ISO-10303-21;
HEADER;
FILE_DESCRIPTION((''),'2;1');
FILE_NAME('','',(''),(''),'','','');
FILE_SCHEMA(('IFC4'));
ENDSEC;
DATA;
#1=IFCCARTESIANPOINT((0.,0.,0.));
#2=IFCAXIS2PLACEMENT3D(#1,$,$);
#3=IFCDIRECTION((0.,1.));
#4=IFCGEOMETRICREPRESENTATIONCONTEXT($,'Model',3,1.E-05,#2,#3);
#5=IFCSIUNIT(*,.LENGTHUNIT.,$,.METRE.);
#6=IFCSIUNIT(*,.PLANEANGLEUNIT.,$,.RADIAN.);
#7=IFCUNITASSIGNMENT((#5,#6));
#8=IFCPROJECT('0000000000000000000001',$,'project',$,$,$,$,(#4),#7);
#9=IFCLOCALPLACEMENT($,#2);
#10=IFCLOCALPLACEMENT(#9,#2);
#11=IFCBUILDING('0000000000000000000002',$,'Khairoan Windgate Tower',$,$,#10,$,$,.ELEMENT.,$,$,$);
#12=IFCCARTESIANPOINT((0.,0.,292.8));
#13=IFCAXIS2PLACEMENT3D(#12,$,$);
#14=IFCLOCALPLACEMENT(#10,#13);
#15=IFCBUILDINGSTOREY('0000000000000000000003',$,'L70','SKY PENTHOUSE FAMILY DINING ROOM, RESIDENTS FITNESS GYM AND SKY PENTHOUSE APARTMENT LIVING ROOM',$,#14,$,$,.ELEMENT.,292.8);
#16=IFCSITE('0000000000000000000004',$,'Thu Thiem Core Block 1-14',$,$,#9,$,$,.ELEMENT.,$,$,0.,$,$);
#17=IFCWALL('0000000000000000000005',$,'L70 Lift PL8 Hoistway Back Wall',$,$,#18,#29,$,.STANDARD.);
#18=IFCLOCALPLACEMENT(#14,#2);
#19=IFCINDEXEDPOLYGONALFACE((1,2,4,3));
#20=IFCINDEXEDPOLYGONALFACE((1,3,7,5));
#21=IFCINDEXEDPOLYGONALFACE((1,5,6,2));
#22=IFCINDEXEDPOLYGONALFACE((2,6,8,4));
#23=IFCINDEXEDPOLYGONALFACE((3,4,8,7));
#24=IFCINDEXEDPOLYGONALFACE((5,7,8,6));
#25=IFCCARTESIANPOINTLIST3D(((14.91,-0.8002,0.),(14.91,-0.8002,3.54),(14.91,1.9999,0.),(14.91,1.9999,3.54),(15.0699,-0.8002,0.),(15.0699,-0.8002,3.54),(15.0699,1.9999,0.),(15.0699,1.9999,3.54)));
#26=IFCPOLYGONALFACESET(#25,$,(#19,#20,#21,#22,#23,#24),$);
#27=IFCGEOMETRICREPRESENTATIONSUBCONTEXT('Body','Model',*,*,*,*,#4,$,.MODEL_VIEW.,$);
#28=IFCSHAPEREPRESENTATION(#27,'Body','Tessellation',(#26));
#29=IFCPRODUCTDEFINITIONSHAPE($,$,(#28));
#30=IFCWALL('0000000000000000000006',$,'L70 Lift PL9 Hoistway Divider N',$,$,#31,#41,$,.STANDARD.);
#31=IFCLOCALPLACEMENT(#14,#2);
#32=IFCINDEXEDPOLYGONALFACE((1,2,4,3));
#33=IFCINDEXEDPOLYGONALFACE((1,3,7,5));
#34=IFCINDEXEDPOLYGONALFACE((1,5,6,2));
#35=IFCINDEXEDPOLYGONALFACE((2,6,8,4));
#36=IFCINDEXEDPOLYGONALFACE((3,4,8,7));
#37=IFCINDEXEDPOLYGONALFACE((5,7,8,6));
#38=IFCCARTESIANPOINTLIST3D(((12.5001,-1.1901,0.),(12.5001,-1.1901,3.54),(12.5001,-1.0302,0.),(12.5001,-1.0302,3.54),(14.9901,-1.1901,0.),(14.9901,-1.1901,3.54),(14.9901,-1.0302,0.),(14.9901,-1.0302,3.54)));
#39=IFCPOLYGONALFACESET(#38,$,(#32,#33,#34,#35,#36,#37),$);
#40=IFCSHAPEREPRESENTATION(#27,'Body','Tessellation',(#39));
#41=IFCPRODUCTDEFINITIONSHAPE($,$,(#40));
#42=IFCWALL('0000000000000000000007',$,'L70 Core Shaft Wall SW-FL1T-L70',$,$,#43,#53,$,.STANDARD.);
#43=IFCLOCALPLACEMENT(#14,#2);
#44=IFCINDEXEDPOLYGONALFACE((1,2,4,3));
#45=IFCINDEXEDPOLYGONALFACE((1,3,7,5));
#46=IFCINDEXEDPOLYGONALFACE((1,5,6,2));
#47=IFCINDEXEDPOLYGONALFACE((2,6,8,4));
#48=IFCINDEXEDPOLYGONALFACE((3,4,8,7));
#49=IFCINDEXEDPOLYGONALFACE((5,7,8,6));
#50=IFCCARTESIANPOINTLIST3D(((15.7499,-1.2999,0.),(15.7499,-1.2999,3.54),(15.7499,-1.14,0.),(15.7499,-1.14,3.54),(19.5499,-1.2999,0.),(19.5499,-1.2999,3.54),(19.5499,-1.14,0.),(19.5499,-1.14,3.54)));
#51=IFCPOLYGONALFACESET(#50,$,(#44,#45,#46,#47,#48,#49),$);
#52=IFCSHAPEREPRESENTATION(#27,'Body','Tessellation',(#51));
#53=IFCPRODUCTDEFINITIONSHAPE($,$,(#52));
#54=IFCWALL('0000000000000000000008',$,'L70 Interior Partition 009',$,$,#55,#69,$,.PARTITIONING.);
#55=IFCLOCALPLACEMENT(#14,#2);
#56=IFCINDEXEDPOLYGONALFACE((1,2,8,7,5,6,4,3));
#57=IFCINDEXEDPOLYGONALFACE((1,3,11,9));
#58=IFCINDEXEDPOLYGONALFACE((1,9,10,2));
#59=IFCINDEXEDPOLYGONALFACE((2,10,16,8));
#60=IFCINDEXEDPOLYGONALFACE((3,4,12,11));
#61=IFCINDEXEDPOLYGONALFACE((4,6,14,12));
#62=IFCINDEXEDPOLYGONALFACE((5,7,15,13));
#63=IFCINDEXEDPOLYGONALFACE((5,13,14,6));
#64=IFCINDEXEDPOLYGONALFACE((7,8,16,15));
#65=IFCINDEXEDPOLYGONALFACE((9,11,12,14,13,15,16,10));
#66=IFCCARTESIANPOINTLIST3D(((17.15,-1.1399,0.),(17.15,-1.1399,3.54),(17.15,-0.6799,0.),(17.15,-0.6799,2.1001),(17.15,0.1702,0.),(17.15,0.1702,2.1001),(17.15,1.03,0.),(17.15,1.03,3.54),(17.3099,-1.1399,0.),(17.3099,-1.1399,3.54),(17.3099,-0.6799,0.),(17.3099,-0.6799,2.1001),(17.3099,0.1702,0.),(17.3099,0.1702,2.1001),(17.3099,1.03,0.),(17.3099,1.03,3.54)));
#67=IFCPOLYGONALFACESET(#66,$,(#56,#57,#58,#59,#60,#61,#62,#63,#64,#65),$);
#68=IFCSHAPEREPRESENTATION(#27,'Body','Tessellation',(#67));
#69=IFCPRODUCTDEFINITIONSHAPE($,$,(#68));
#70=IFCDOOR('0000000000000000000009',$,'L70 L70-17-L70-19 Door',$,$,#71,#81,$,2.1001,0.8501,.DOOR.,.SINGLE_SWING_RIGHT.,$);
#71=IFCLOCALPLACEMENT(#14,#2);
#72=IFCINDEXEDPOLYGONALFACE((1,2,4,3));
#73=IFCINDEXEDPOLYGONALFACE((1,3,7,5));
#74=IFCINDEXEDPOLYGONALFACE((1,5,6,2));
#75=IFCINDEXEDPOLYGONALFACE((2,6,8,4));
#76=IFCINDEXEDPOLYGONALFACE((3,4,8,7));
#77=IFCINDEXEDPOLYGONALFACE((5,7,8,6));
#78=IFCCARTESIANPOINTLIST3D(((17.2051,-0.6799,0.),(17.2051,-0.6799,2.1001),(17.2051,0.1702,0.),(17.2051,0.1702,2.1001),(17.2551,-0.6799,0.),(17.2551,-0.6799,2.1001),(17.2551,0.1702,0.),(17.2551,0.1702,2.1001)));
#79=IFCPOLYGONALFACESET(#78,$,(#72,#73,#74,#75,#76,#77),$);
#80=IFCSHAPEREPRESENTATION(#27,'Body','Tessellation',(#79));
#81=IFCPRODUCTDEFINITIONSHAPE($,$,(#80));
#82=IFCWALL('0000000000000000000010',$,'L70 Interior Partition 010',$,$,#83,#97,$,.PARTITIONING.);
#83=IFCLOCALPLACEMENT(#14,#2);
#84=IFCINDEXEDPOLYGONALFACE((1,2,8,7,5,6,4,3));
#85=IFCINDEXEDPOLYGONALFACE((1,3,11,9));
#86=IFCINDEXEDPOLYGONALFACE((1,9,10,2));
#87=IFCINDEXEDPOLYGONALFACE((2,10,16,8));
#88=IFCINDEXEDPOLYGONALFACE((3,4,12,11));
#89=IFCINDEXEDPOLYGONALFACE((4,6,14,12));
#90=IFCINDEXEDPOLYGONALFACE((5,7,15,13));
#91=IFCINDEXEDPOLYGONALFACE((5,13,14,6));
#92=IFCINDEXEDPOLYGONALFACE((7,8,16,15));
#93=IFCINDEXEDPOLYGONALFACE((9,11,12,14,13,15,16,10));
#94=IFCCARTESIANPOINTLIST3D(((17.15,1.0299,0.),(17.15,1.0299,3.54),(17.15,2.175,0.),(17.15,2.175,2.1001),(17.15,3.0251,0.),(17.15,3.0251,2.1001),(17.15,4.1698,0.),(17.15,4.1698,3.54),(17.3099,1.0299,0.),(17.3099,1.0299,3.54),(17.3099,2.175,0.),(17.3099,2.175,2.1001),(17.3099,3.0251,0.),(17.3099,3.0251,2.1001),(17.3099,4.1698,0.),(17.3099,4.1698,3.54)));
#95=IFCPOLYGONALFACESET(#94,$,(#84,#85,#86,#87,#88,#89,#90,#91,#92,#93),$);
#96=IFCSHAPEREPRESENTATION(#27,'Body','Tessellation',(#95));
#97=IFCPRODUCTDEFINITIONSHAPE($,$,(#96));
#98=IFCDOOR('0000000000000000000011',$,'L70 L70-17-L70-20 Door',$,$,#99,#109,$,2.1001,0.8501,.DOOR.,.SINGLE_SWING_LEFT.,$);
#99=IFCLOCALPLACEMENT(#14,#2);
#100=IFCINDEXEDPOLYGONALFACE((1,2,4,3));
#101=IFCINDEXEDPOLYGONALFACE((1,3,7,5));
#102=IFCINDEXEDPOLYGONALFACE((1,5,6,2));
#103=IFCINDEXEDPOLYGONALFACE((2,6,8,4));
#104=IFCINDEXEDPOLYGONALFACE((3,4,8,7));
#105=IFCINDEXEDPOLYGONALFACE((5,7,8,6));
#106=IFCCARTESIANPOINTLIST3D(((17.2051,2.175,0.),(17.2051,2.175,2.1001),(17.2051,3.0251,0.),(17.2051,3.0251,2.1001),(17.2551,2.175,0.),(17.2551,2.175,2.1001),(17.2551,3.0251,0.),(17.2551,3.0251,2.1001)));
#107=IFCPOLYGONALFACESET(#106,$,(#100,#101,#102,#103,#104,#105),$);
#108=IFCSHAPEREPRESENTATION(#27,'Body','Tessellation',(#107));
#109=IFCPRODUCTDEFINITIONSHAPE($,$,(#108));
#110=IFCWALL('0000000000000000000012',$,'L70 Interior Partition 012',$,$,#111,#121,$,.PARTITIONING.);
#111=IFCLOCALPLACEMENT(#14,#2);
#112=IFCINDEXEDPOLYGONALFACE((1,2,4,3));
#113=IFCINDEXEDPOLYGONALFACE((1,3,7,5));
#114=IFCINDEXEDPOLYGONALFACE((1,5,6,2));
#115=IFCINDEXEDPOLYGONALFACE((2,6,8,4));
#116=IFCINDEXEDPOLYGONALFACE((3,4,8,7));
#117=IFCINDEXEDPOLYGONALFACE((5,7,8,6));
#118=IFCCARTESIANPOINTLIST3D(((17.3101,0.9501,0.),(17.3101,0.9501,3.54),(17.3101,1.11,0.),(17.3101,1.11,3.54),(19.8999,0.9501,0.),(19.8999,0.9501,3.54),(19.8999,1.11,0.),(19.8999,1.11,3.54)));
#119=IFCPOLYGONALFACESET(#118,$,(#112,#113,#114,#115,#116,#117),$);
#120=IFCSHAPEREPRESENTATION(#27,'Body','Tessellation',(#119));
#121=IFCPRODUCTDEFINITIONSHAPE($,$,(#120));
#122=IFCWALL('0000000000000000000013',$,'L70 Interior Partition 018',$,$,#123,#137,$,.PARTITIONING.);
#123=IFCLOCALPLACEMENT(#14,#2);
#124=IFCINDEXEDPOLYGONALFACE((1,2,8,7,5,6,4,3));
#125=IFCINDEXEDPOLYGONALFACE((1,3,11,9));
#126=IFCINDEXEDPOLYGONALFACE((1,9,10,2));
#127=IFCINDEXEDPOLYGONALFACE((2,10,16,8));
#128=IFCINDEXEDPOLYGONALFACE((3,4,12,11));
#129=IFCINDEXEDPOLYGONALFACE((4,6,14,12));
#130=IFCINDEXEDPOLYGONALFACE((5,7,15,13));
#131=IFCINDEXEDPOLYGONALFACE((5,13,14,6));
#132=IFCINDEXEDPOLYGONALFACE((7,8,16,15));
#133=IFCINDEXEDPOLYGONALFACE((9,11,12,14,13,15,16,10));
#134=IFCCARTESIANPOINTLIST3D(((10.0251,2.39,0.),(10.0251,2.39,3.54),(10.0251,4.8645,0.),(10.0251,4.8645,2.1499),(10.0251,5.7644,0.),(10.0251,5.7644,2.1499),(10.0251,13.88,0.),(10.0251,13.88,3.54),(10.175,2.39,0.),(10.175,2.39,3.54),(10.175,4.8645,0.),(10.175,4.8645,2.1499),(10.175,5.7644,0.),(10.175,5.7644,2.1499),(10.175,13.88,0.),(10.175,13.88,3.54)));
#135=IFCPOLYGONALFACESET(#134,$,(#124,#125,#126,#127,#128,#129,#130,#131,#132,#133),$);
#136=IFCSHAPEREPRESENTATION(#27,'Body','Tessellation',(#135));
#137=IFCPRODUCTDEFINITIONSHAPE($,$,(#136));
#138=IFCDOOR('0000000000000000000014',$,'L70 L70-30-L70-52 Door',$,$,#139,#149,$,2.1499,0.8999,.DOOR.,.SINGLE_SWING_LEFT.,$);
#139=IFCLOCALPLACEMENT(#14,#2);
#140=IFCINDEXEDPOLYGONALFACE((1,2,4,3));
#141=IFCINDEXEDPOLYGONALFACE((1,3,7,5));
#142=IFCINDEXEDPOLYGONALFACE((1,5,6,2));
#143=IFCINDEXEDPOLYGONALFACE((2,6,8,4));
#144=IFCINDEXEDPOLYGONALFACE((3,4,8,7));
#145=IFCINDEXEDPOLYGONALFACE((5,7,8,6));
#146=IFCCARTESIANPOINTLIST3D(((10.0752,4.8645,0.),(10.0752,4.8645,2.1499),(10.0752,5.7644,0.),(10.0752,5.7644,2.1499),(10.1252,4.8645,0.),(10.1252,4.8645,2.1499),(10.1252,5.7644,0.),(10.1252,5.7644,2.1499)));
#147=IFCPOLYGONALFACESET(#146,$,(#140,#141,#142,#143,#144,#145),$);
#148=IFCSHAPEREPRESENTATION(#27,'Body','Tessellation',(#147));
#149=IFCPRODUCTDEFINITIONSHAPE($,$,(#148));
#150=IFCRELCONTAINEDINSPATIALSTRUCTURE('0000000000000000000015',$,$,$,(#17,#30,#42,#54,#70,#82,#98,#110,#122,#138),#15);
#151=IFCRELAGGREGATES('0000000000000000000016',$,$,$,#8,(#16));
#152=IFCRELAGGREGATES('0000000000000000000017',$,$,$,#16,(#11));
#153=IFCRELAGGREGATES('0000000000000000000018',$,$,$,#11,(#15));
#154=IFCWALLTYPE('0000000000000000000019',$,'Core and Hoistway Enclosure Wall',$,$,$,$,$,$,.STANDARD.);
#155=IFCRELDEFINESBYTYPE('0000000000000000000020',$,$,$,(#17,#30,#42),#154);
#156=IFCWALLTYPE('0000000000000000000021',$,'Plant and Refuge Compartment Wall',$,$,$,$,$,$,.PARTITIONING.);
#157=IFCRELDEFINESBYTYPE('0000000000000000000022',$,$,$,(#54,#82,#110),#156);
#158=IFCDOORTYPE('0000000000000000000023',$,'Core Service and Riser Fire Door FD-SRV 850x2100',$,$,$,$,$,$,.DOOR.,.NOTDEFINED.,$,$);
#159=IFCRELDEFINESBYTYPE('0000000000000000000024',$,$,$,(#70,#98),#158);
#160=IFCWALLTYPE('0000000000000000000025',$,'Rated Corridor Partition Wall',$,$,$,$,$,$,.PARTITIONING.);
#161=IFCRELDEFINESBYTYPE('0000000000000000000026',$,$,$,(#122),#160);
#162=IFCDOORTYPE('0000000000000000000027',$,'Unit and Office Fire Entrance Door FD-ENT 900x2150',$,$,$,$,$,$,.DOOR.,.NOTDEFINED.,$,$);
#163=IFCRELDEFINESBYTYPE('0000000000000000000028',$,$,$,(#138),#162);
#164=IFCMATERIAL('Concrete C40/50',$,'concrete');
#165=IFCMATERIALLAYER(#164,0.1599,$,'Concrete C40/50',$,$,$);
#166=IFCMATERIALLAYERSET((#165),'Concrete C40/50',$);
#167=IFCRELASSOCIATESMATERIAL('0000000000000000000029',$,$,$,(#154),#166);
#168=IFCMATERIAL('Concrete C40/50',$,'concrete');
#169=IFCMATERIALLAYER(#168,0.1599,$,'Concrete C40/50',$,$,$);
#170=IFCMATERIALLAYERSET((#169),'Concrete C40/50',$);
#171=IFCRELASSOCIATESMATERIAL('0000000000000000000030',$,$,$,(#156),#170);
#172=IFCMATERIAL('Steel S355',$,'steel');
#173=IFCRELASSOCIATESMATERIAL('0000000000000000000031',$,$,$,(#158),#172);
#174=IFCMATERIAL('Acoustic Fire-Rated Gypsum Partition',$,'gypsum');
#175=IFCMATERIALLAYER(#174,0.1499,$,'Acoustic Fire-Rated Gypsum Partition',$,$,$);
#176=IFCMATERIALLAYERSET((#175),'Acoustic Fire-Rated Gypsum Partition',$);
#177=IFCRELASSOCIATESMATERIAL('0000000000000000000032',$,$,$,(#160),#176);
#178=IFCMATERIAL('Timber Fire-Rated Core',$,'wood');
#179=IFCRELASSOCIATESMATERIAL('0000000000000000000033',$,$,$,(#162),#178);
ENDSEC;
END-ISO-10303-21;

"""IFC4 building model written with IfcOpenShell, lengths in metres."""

from ifc_helpers import new_model, si_unit, direction, frame, frame_2d, origin, place, context, subcontext, project, spatial, rectangle, extrude, material, layer, layer_set, type_object, element, fill, save


model = new_model("IFC4")

# Units and contexts
model_context = context("Model", 3, precision=1e-05, world=origin(), true_north=direction((0.0, 1.0)))
body_context = subcontext(model_context, "Body", "Model", "MODEL_VIEW")
ifc_project = project(units=[si_unit("LENGTHUNIT", "METRE"), si_unit("PLANEANGLEUNIT", "RADIAN")], contexts=[model_context])

# Site, building, storey
site_placement = place(None, origin())
site = spatial("IfcSite", under=ifc_project, at=site_placement, Name="Thu Thiem Core Block 1-14", CompositionType="ELEMENT", RefElevation=0.0)
building_placement = place(site_placement, origin())
building = spatial("IfcBuilding", under=site, at=building_placement, Name="Khairoan Windgate Tower", CompositionType="ELEMENT")
storey_placement = place(building_placement, frame((0.0, 0.0, 292.8)))
storey = spatial("IfcBuildingStorey", under=building, at=storey_placement, Name="L70", Description="SKY PENTHOUSE FAMILY DINING ROOM, RESIDENTS FITNESS GYM AND SKY PENTHOUSE APARTMENT LIVING ROOM", CompositionType="ELEMENT", Elevation=292.8)

# Walls
ifc_material_1 = material(Name="Concrete C40/50", Category="concrete")
ifc_layer_1 = layer(ifc_material_1, 0.1599, Name="Concrete C40/50")
ifc_layer_set_1 = layer_set([ifc_layer_1], Name="Concrete C40/50")
wall_type_1 = type_object("IfcWallType", Name="Core and Hoistway Enclosure Wall", PredefinedType="STANDARD", material=ifc_layer_set_1)
wall_1_placement = place(storey_placement, frame((14.99, -0.8, 0.0), z_axis=(0.0, 0.0, 1.0), x_axis=(0.0, 1.0, 0.0)))
element("IfcWall", 1, at=wall_1_placement, inside=storey, type_object=wall_type_1, Name="L70 Lift PL8 Hoistway Back Wall", PredefinedType="STANDARD", context=body_context, shape_type="SweptSolid", body=[
    extrude(rectangle(XDim=2.8, YDim=0.1599, at=frame_2d((1.3999, 0.0))), origin(), (0.0, 0.0, 1.0), 3.54),
])
wall_2_placement = place(storey_placement, frame((12.5, -1.1101, 0.0), z_axis=(0.0, 0.0, 1.0), x_axis=(1.0, 0.0, 0.0)))
element("IfcWall", 2, at=wall_2_placement, inside=storey, type_object=wall_type_1, Name="L70 Lift PL9 Hoistway Divider N", PredefinedType="STANDARD", context=body_context, shape_type="SweptSolid", body=[
    extrude(rectangle(XDim=2.49, YDim=0.1599, at=frame_2d((1.2451, 0.0))), origin(), (0.0, 0.0, 1.0), 3.54),
])
wall_3_placement = place(storey_placement, frame((15.75, -1.22, 0.0), z_axis=(0.0, 0.0, 1.0), x_axis=(1.0, 0.0, 0.0)))
element("IfcWall", 3, at=wall_3_placement, inside=storey, type_object=wall_type_1, Name="L70 Core Shaft Wall SW-FL1T-L70", PredefinedType="STANDARD", context=body_context, shape_type="SweptSolid", body=[
    extrude(rectangle(XDim=3.8, YDim=0.1599, at=frame_2d((1.8999, 0.0))), origin(), (0.0, 0.0, 1.0), 3.54),
])

# Walls, openings, doors
ifc_material_2 = material(Name="Concrete C40/50", Category="concrete")
ifc_layer_2 = layer(ifc_material_2, 0.1599, Name="Concrete C40/50")
ifc_layer_set_2 = layer_set([ifc_layer_2], Name="Concrete C40/50")
wall_type_2 = type_object("IfcWallType", Name="Plant and Refuge Compartment Wall", PredefinedType="PARTITIONING", material=ifc_layer_set_2)
wall_4_placement = place(storey_placement, frame((17.23, -1.1399, 0.0), z_axis=(0.0, 0.0, 1.0), x_axis=(0.0, 1.0, 0.0)))
wall_4 = element("IfcWall", 4, at=wall_4_placement, inside=storey, type_object=wall_type_2, Name="L70 Interior Partition 009", PredefinedType="PARTITIONING", context=body_context, shape_type="SweptSolid", body=[
    extrude(rectangle(XDim=2.1699, YDim=0.1599, at=frame_2d((1.085, 0.0))), origin(), (0.0, 0.0, 1.0), 3.54),
])
opening_1_placement = place(wall_4_placement, frame((0.46, 0.0, 0.0)))
opening_1 = element("IfcOpeningElement", 5, at=opening_1_placement, cuts=wall_4, PredefinedType="OPENING", context=body_context, shape_type="SweptSolid", body=[
    extrude(rectangle(XDim=0.8501, YDim=2.1001, at=frame_2d((0.425, 1.05))), frame((0.0, 0.0898, 0.0), z_axis=(0.0, -1.0, 0.0), x_axis=(1.0, 0.0, 0.0)), (0.0, 0.0, 1.0), 0.1799),
])
ifc_material_3 = material(Name="Steel S355", Category="steel")
door_type_1 = type_object("IfcDoorType", Name="Core Service and Riser Fire Door FD-SRV 850x2100", OperationType="NOTDEFINED", PredefinedType="DOOR", material=ifc_material_3)
door_1_placement = place(opening_1_placement, origin())
door_1 = element("IfcDoor", 6, at=door_1_placement, inside=storey, type_object=door_type_1, Name="L70 L70-17-L70-19 Door", OperationType="SINGLE_SWING_RIGHT", OverallHeight=2.1001, OverallWidth=0.8501, PredefinedType="DOOR", context=body_context, shape_type="SweptSolid", body=[
    extrude(rectangle(XDim=0.8501, YDim=2.1001, at=frame_2d((0.425, 1.05))), frame((0.0, 0.0249, 0.0), z_axis=(0.0, -1.0, 0.0), x_axis=(1.0, 0.0, 0.0)), (0.0, 0.0, 1.0), 0.05),
])
fill(opening_1, door_1)
wall_5_placement = place(storey_placement, frame((17.23, 1.03, 0.0), z_axis=(0.0, 0.0, 1.0), x_axis=(0.0, 1.0, 0.0)))
wall_5 = element("IfcWall", 7, at=wall_5_placement, inside=storey, type_object=wall_type_2, Name="L70 Interior Partition 010", PredefinedType="PARTITIONING", context=body_context, shape_type="SweptSolid", body=[
    extrude(rectangle(XDim=3.1399, YDim=0.1599, at=frame_2d((1.5698, 0.0))), origin(), (0.0, 0.0, 1.0), 3.54),
])
opening_2_placement = place(wall_5_placement, frame((1.145, 0.0, 0.0)))
opening_2 = element("IfcOpeningElement", 8, at=opening_2_placement, cuts=wall_5, PredefinedType="OPENING", context=body_context, shape_type="SweptSolid", body=[
    extrude(rectangle(XDim=0.8501, YDim=2.1001, at=frame_2d((0.425, 1.05))), frame((0.0, 0.0898, 0.0), z_axis=(0.0, -1.0, 0.0), x_axis=(1.0, 0.0, 0.0)), (0.0, 0.0, 1.0), 0.1799),
])
door_2_placement = place(opening_2_placement, origin())
door_2 = element("IfcDoor", 9, at=door_2_placement, inside=storey, type_object=door_type_1, Name="L70 L70-17-L70-20 Door", OperationType="SINGLE_SWING_LEFT", OverallHeight=2.1001, OverallWidth=0.8501, PredefinedType="DOOR", context=body_context, shape_type="SweptSolid", body=[
    extrude(rectangle(XDim=0.8501, YDim=2.1001, at=frame_2d((0.425, 1.05))), frame((0.0, 0.0249, 0.0), z_axis=(0.0, -1.0, 0.0), x_axis=(1.0, 0.0, 0.0)), (0.0, 0.0, 1.0), 0.05),
])
fill(opening_2, door_2)

# Wall
wall_6_placement = place(storey_placement, frame((17.3101, 1.03, 0.0), z_axis=(0.0, 0.0, 1.0), x_axis=(1.0, 0.0, 0.0)))
element("IfcWall", 10, at=wall_6_placement, inside=storey, type_object=wall_type_2, Name="L70 Interior Partition 012", PredefinedType="PARTITIONING", context=body_context, shape_type="SweptSolid", body=[
    extrude(rectangle(XDim=2.5898, YDim=0.1599, at=frame_2d((1.2949, 0.0))), origin(), (0.0, 0.0, 1.0), 3.54),
])

# Wall, opening, door
ifc_material_4 = material(Name="Acoustic Fire-Rated Gypsum Partition", Category="gypsum")
ifc_layer_3 = layer(ifc_material_4, 0.1499, Name="Acoustic Fire-Rated Gypsum Partition")
ifc_layer_set_3 = layer_set([ifc_layer_3], Name="Acoustic Fire-Rated Gypsum Partition")
wall_type_3 = type_object("IfcWallType", Name="Rated Corridor Partition Wall", PredefinedType="PARTITIONING", material=ifc_layer_set_3)
wall_7_placement = place(storey_placement, frame((10.1001, 2.3899, 0.0), z_axis=(0.0, 0.0, 1.0), x_axis=(0.0, 1.0, 0.0)))
wall_7 = element("IfcWall", 11, at=wall_7_placement, inside=storey, type_object=wall_type_3, Name="L70 Interior Partition 018", PredefinedType="PARTITIONING", context=body_context, shape_type="SweptSolid", body=[
    extrude(rectangle(XDim=11.49, YDim=0.1499, at=frame_2d((5.7451, 0.0))), origin(), (0.0, 0.0, 1.0), 3.54),
])
opening_3_placement = place(wall_7_placement, frame((2.4746, 0.0, 0.0)))
opening_3 = element("IfcOpeningElement", 12, at=opening_3_placement, cuts=wall_7, PredefinedType="OPENING", context=body_context, shape_type="SweptSolid", body=[
    extrude(rectangle(XDim=0.8999, YDim=2.1499, at=frame_2d((0.45, 1.075))), frame((0.0, 0.085, 0.0), z_axis=(0.0, -1.0, 0.0), x_axis=(1.0, 0.0, 0.0)), (0.0, 0.0, 1.0), 0.1699),
])
ifc_material_5 = material(Name="Timber Fire-Rated Core", Category="wood")
door_type_2 = type_object("IfcDoorType", Name="Unit and Office Fire Entrance Door FD-ENT 900x2150", OperationType="NOTDEFINED", PredefinedType="DOOR", material=ifc_material_5)
door_3_placement = place(opening_3_placement, origin())
door_3 = element("IfcDoor", 13, at=door_3_placement, inside=storey, type_object=door_type_2, Name="L70 L70-30-L70-52 Door", OperationType="SINGLE_SWING_LEFT", OverallHeight=2.1499, OverallWidth=0.8999, PredefinedType="DOOR", context=body_context, shape_type="SweptSolid", body=[
    extrude(rectangle(XDim=0.8999, YDim=2.1499, at=frame_2d((0.45, 1.075))), frame((0.0, 0.0249, 0.0), z_axis=(0.0, -1.0, 0.0), x_axis=(1.0, 0.0, 0.0)), (0.0, 0.0, 1.0), 0.05),
])
fill(opening_3, door_3)

save(model, "model.ifc")
